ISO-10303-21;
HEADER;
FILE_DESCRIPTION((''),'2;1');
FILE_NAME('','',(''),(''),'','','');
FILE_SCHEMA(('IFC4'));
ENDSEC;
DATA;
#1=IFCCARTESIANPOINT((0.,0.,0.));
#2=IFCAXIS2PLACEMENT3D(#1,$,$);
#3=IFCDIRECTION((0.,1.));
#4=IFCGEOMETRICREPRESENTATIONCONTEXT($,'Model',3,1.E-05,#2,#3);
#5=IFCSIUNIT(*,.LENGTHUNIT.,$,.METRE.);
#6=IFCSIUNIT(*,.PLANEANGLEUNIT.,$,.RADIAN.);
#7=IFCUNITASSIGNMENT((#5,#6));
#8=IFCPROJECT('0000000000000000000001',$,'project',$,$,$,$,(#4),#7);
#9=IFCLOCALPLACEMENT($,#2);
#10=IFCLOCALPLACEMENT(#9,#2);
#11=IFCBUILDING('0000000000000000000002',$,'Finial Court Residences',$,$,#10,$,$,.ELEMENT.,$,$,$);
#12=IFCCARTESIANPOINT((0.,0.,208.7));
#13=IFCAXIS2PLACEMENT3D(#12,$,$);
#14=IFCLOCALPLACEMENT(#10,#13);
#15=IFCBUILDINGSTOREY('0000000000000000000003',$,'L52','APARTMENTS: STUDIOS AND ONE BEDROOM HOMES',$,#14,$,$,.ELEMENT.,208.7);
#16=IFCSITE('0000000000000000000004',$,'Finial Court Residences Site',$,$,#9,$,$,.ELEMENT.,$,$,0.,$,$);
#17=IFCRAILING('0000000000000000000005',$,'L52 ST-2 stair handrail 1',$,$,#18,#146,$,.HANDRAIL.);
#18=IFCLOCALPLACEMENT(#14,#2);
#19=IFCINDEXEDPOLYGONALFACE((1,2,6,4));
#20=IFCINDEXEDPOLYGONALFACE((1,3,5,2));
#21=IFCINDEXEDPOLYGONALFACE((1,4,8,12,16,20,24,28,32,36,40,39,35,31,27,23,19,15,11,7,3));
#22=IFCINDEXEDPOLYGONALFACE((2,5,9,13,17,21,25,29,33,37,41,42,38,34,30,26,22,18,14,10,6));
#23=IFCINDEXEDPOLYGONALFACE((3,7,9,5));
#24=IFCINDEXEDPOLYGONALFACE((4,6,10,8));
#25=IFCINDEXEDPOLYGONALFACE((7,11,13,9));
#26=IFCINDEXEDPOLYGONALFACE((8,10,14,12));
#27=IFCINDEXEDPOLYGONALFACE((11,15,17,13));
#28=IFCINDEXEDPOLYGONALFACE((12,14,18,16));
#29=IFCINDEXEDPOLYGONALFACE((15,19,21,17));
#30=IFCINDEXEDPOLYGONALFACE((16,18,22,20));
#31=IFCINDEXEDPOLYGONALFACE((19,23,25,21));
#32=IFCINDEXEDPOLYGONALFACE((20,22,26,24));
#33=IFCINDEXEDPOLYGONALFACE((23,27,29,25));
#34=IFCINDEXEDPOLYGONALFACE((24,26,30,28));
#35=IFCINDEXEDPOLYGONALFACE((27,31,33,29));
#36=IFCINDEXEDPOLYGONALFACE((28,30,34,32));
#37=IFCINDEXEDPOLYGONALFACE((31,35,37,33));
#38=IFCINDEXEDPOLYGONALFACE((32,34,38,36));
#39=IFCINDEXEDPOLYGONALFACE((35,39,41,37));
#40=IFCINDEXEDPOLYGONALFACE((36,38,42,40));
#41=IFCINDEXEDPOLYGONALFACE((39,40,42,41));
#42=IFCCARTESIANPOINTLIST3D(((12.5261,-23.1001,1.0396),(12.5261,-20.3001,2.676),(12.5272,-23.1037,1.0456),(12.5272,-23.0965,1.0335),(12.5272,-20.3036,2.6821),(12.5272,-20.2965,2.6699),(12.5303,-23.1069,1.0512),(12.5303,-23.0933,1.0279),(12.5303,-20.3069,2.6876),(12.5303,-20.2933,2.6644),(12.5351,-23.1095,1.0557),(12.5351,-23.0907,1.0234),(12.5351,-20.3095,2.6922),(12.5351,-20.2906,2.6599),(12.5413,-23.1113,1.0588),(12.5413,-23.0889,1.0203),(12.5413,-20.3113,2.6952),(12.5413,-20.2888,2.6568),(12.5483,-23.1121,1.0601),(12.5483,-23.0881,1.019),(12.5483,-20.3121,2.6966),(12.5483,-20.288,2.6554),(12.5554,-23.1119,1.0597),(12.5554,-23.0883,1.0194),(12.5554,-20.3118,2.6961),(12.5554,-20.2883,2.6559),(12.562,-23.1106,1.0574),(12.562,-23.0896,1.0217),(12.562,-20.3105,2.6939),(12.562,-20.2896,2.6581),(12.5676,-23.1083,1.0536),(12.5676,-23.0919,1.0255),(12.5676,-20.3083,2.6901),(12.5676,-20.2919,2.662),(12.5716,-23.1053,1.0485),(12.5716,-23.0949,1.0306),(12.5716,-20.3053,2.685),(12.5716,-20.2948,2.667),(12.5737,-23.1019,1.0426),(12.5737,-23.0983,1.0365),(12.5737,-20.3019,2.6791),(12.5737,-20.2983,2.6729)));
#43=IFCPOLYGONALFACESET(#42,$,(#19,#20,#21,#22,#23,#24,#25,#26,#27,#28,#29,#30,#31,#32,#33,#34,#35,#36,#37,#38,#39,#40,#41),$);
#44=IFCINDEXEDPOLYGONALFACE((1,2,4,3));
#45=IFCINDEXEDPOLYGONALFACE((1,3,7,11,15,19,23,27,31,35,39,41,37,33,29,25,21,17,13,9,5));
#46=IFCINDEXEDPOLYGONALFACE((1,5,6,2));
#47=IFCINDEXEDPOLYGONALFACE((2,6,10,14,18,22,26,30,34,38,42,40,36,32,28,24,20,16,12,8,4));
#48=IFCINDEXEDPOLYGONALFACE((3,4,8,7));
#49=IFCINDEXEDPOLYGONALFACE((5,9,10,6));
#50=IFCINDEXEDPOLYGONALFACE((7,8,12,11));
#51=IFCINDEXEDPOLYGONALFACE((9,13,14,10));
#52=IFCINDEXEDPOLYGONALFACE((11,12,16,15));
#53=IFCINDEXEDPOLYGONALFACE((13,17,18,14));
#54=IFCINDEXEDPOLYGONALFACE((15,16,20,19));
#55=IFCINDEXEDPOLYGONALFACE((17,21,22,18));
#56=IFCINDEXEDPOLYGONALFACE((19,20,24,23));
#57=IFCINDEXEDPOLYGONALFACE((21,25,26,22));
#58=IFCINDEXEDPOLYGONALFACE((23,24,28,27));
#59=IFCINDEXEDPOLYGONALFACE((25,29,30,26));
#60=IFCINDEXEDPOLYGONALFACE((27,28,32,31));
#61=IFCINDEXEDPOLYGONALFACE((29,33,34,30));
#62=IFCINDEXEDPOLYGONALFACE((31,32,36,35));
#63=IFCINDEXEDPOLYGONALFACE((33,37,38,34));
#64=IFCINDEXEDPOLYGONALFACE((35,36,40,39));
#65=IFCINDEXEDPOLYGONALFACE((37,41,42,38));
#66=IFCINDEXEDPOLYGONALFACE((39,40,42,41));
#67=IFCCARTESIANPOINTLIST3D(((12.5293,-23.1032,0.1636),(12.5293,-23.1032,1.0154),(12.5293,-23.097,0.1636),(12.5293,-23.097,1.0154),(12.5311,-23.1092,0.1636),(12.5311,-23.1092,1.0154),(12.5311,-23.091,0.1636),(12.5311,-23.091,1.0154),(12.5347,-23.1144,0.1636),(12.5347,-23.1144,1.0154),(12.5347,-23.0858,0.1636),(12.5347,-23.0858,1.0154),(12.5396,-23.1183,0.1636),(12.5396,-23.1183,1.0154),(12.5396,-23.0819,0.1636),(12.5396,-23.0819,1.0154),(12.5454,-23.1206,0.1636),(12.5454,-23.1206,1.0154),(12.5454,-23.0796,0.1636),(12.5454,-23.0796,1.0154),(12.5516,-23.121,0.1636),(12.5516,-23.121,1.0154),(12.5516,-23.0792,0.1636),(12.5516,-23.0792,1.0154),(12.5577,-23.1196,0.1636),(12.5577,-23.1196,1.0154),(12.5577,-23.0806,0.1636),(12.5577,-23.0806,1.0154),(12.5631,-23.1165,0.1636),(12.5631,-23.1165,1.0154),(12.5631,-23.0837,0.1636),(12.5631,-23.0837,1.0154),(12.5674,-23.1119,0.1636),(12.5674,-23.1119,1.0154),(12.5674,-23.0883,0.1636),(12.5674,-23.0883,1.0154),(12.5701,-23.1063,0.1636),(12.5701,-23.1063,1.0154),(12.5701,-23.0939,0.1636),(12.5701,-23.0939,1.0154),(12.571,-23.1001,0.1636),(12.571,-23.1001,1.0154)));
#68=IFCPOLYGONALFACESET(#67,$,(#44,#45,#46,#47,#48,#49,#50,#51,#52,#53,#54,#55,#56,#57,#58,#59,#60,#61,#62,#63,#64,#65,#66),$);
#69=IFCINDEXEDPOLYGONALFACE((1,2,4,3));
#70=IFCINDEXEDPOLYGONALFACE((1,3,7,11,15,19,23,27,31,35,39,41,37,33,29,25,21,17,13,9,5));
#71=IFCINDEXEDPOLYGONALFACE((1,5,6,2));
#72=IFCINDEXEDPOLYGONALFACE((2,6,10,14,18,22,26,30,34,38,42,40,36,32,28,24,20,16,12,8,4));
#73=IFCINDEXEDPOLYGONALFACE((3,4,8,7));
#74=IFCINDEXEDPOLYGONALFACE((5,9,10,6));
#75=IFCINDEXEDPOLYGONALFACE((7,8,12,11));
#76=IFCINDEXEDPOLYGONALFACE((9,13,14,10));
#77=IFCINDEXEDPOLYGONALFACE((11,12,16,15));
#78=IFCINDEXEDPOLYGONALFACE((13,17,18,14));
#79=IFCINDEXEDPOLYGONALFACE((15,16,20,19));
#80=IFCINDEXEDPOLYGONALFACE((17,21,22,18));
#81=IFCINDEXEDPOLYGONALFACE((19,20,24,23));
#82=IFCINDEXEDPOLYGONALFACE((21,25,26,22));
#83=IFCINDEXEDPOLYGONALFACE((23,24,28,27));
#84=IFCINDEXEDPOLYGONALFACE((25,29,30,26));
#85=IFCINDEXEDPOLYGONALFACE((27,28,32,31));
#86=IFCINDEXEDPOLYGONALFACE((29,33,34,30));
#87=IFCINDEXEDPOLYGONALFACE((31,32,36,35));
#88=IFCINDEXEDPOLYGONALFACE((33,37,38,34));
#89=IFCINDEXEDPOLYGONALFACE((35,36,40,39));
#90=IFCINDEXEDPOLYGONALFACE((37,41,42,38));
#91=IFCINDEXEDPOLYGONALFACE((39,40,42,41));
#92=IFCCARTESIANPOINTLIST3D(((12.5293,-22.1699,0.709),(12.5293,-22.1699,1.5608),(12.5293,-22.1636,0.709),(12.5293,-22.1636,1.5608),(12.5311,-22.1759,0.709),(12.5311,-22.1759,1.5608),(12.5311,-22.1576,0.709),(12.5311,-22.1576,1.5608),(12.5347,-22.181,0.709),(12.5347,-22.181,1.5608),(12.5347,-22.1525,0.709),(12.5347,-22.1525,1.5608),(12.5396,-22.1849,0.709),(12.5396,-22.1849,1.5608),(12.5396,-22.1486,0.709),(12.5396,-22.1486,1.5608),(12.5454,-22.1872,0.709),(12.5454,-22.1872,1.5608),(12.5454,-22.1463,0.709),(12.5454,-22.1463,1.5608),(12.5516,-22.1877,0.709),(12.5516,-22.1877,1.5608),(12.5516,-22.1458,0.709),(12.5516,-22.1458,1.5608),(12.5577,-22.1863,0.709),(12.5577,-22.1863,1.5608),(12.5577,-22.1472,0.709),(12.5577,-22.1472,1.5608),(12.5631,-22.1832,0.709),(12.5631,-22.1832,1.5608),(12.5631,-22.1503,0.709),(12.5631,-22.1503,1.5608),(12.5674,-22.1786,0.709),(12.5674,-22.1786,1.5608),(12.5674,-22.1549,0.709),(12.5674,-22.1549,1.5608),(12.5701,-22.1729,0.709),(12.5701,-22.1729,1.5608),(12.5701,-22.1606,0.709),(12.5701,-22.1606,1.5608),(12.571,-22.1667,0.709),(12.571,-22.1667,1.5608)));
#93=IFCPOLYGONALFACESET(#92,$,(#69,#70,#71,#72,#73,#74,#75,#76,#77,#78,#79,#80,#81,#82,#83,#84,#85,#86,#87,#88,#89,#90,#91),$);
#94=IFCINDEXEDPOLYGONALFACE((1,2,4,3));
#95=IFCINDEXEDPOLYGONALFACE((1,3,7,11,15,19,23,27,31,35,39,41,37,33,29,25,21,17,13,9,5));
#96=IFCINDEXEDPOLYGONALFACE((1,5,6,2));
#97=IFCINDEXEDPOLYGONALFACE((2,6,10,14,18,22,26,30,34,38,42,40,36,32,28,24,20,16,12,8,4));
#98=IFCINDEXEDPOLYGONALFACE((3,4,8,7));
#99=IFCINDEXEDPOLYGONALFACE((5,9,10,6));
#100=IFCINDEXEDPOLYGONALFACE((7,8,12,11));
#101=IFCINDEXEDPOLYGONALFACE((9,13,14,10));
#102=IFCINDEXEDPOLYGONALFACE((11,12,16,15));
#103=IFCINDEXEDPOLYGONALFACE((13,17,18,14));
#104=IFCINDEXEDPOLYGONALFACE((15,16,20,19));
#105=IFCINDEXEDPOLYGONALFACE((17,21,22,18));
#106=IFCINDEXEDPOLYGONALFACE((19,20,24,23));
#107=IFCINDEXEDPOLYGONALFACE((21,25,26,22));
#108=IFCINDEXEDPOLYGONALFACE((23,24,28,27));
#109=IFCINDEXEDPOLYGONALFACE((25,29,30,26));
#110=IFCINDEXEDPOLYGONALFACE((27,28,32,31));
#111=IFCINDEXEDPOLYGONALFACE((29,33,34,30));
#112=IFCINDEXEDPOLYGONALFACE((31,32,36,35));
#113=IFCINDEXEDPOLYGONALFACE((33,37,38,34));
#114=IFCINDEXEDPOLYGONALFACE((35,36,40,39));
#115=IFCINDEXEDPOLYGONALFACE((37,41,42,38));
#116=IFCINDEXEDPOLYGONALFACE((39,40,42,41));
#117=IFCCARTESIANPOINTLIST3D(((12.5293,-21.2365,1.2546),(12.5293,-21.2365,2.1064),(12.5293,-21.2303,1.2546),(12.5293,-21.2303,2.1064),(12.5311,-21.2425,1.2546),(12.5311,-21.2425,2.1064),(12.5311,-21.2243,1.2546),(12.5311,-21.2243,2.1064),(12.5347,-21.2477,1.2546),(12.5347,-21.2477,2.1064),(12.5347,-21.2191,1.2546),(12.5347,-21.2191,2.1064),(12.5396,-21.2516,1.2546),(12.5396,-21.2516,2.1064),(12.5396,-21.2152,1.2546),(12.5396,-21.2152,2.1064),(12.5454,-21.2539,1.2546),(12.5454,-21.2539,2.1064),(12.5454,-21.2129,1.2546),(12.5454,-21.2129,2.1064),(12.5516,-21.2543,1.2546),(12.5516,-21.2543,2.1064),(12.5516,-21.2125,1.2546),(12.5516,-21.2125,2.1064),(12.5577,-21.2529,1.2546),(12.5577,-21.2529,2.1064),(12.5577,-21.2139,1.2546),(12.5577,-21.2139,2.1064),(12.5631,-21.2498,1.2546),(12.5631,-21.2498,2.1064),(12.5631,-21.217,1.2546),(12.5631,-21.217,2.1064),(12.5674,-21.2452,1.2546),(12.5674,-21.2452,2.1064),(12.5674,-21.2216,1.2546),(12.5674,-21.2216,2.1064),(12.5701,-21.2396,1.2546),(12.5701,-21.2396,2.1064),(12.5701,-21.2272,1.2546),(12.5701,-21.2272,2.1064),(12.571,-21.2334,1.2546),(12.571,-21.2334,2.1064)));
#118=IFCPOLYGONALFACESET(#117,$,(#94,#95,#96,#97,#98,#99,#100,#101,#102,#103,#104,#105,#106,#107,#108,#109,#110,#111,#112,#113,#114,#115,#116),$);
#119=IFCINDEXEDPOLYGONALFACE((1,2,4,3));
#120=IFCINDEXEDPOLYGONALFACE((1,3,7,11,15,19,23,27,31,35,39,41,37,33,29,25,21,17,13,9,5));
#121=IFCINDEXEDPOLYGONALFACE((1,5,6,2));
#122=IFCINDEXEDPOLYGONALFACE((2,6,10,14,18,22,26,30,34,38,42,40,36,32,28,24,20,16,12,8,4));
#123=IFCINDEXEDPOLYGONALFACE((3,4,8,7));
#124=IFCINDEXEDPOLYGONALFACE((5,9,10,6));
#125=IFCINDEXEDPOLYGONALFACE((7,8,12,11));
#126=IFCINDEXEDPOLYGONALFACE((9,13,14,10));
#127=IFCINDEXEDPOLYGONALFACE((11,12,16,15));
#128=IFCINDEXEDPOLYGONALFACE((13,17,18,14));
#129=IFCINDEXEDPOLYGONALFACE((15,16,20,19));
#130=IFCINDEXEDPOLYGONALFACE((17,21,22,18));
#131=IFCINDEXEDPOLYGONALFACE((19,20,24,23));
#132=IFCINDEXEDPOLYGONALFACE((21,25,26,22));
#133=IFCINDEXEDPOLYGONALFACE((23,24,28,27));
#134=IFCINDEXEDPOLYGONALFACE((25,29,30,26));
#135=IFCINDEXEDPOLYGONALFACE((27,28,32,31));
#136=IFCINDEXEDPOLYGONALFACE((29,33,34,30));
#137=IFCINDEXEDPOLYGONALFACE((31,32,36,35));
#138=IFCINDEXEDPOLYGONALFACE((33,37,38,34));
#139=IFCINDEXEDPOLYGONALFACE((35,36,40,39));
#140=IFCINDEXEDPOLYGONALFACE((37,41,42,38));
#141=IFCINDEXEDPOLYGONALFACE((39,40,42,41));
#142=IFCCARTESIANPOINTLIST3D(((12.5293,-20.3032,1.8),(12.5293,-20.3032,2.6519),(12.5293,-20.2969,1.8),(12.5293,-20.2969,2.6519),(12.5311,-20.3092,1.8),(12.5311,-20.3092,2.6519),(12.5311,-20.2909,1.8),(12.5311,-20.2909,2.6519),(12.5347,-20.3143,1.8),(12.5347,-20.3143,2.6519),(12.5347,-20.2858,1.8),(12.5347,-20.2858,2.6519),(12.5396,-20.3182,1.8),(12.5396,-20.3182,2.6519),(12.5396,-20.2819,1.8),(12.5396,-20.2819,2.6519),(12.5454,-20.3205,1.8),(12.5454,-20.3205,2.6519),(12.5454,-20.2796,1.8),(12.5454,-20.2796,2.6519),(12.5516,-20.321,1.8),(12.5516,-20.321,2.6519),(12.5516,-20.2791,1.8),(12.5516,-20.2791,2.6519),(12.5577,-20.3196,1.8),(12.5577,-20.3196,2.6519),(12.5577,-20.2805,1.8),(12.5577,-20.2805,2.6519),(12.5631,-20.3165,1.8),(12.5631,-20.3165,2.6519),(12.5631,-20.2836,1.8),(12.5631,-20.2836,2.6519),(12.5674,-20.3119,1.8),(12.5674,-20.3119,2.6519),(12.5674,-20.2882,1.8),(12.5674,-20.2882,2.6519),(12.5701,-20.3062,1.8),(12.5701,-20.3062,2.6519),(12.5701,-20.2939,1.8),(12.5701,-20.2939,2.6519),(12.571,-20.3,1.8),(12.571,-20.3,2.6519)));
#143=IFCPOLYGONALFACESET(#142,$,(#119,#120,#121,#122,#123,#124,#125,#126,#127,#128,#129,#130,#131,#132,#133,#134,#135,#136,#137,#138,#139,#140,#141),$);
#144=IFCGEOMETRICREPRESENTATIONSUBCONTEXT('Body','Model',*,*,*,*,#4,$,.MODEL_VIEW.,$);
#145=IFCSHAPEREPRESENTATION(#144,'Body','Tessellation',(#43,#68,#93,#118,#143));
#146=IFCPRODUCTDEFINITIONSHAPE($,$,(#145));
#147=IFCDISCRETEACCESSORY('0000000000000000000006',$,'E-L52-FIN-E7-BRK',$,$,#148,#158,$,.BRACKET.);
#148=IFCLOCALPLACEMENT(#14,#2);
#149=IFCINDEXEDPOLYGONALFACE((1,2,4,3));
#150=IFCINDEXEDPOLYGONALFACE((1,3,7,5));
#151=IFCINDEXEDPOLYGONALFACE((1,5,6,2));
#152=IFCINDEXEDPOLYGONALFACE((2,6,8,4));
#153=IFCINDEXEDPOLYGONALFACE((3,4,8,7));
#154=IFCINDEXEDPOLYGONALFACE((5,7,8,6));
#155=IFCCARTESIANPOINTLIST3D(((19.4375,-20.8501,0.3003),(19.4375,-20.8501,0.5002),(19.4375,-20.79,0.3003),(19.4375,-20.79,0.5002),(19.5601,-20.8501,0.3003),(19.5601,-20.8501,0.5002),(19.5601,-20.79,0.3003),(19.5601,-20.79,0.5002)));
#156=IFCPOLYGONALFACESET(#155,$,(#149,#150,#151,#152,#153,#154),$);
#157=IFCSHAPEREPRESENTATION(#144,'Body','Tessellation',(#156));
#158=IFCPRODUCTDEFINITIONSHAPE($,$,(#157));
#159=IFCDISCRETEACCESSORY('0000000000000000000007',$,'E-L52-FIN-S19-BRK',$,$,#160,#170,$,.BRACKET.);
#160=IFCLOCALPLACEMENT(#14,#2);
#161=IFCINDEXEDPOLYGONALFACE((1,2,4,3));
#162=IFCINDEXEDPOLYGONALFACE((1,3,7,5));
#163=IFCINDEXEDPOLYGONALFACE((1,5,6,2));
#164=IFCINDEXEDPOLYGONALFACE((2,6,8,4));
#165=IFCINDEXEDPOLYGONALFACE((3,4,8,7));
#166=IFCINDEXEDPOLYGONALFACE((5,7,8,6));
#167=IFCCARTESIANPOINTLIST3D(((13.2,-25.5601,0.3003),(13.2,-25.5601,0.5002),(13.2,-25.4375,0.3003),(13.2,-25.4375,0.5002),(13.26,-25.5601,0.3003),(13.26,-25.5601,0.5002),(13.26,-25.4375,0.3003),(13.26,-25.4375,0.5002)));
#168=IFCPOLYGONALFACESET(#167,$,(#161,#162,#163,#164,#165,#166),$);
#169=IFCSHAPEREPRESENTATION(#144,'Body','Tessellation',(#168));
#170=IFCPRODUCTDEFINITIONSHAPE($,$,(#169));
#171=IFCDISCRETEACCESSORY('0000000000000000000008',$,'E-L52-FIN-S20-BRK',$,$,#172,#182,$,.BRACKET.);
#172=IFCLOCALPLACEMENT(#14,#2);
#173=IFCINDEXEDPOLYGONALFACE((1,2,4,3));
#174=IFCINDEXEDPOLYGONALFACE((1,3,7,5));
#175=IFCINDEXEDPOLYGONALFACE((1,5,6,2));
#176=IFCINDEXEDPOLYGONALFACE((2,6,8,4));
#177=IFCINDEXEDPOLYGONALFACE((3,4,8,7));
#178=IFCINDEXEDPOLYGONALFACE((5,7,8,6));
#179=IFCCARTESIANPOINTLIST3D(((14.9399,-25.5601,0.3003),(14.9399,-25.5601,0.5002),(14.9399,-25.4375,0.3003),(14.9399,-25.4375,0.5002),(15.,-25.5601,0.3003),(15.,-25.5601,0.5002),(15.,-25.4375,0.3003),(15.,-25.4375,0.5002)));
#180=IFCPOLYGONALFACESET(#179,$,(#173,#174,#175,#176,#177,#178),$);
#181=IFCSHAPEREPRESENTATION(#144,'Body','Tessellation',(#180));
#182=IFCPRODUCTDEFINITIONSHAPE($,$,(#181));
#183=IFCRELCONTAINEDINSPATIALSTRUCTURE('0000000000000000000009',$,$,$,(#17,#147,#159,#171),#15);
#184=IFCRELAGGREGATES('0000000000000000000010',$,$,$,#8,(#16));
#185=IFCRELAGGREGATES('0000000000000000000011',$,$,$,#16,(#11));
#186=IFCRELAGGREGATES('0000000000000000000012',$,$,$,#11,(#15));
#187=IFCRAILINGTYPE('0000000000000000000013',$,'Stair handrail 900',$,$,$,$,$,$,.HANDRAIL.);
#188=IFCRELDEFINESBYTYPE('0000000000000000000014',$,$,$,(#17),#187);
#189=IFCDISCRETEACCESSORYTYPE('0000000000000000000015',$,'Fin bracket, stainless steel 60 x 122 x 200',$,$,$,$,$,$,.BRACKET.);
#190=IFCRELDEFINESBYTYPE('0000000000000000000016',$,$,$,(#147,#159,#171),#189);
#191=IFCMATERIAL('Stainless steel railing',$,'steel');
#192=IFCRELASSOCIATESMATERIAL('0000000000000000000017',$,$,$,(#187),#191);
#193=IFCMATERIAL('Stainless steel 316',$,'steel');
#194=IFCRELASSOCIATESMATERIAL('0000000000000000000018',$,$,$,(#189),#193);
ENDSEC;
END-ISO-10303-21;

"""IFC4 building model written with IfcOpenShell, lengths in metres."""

from ifc_helpers import new_model, si_unit, direction, frame, origin, origin_2d, place, context, subcontext, project, spatial, rectangle, circle, extrude, material, type_object, element, save


model = new_model("IFC4")

# Units and contexts
model_context = context("Model", 3, precision=1e-05, world=origin(), true_north=direction((0.0, 1.0)))
body_context = subcontext(model_context, "Body", "Model", "MODEL_VIEW")
ifc_project = project(units=[si_unit("LENGTHUNIT", "METRE"), si_unit("PLANEANGLEUNIT", "RADIAN")], contexts=[model_context])

# Site, building, storey
site_placement = place(None, origin())
site = spatial("IfcSite", under=ifc_project, at=site_placement, Name="Finial Court Residences Site", CompositionType="ELEMENT", RefElevation=0.0)
building_placement = place(site_placement, origin())
building = spatial("IfcBuilding", under=site, at=building_placement, Name="Finial Court Residences", CompositionType="ELEMENT")
storey_placement = place(building_placement, frame((0.0, 0.0, 208.7)))
storey = spatial("IfcBuildingStorey", under=building, at=storey_placement, Name="L52", Description="APARTMENTS: STUDIOS AND ONE BEDROOM HOMES", CompositionType="ELEMENT", Elevation=208.7)

# Railing
ifc_material_1 = material(Name="Stainless steel railing", Category="steel")
railing_type = type_object("IfcRailingType", Name="Stair handrail 900", PredefinedType="HANDRAIL", material=ifc_material_1)
railing_placement = place(storey_placement, frame((12.55, -23.1001, 0.1636)))
element("IfcRailing", 1, at=railing_placement, inside=storey, type_object=railing_type, Name="L52 ST-2 stair handrail 1", PredefinedType="HANDRAIL", context=body_context, shape_type="SweptSolid", body=[
    extrude(circle(Radius=0.0239, at=origin_2d()), frame((0.0, 0.0, 0.876), z_axis=(0.0, 0.863361, 0.504587), x_axis=(-1.0, 0.0, 0.0)), (0.0, 0.0, 1.0), 3.2432),
    extrude(circle(Radius=0.021, at=origin_2d()), origin(), (0.0, 0.0, 1.0), 0.8518),
    extrude(circle(Radius=0.021, at=origin_2d()), frame((0.0, 0.9333, 0.5454)), (0.0, 0.0, 1.0), 0.8518),
    extrude(circle(Radius=0.021, at=origin_2d()), frame((0.0, 1.8667, 1.0911)), (0.0, 0.0, 1.0), 0.8518),
    extrude(circle(Radius=0.021, at=origin_2d()), frame((0.0, 2.8, 1.6365)), (0.0, 0.0, 1.0), 0.8518),
])

# Discrete accessories
ifc_material_2 = material(Name="Stainless steel 316", Category="steel")
discrete_accessory_type = type_object("IfcDiscreteAccessoryType", Name="Fin bracket, stainless steel 60 x 122 x 200", PredefinedType="BRACKET", material=ifc_material_2)
discrete_accessory_placement = place(storey_placement, frame((19.4988, -20.8201, 0.3003), z_axis=(0.0, 0.0, 1.0), x_axis=(1.0, 0.0, 0.0)))
element("IfcDiscreteAccessory", 2, at=discrete_accessory_placement, inside=storey, type_object=discrete_accessory_type, Name="E-L52-FIN-E7-BRK", PredefinedType="BRACKET", context=body_context, shape_type="SweptSolid", body=[
    extrude(rectangle(XDim=0.1226, YDim=0.0601, at=origin_2d()), origin(), (0.0, 0.0, 1.0), 0.2),
])
for number, where, z_axis, x_axis, name in (
    (3, (13.23, -25.4988, 0.3003), (0.0, 0.0, 1.0), (1.0, 0.0, 0.0), "E-L52-FIN-S19-BRK"),
    (4, (14.97, -25.4988, 0.3003), (0.0, 0.0, 1.0), (1.0, 0.0, 0.0), "E-L52-FIN-S20-BRK"),
):
    element("IfcDiscreteAccessory", number, at=place(storey_placement, frame(where, z_axis=z_axis, x_axis=x_axis)), inside=storey, type_object=discrete_accessory_type, Name=name, PredefinedType="BRACKET", context=body_context, shape_type="SweptSolid", body=[
        extrude(rectangle(XDim=0.0601, YDim=0.1226, at=origin_2d()), origin(), (0.0, 0.0, 1.0), 0.2),
    ])

save(model, "model.ifc")
